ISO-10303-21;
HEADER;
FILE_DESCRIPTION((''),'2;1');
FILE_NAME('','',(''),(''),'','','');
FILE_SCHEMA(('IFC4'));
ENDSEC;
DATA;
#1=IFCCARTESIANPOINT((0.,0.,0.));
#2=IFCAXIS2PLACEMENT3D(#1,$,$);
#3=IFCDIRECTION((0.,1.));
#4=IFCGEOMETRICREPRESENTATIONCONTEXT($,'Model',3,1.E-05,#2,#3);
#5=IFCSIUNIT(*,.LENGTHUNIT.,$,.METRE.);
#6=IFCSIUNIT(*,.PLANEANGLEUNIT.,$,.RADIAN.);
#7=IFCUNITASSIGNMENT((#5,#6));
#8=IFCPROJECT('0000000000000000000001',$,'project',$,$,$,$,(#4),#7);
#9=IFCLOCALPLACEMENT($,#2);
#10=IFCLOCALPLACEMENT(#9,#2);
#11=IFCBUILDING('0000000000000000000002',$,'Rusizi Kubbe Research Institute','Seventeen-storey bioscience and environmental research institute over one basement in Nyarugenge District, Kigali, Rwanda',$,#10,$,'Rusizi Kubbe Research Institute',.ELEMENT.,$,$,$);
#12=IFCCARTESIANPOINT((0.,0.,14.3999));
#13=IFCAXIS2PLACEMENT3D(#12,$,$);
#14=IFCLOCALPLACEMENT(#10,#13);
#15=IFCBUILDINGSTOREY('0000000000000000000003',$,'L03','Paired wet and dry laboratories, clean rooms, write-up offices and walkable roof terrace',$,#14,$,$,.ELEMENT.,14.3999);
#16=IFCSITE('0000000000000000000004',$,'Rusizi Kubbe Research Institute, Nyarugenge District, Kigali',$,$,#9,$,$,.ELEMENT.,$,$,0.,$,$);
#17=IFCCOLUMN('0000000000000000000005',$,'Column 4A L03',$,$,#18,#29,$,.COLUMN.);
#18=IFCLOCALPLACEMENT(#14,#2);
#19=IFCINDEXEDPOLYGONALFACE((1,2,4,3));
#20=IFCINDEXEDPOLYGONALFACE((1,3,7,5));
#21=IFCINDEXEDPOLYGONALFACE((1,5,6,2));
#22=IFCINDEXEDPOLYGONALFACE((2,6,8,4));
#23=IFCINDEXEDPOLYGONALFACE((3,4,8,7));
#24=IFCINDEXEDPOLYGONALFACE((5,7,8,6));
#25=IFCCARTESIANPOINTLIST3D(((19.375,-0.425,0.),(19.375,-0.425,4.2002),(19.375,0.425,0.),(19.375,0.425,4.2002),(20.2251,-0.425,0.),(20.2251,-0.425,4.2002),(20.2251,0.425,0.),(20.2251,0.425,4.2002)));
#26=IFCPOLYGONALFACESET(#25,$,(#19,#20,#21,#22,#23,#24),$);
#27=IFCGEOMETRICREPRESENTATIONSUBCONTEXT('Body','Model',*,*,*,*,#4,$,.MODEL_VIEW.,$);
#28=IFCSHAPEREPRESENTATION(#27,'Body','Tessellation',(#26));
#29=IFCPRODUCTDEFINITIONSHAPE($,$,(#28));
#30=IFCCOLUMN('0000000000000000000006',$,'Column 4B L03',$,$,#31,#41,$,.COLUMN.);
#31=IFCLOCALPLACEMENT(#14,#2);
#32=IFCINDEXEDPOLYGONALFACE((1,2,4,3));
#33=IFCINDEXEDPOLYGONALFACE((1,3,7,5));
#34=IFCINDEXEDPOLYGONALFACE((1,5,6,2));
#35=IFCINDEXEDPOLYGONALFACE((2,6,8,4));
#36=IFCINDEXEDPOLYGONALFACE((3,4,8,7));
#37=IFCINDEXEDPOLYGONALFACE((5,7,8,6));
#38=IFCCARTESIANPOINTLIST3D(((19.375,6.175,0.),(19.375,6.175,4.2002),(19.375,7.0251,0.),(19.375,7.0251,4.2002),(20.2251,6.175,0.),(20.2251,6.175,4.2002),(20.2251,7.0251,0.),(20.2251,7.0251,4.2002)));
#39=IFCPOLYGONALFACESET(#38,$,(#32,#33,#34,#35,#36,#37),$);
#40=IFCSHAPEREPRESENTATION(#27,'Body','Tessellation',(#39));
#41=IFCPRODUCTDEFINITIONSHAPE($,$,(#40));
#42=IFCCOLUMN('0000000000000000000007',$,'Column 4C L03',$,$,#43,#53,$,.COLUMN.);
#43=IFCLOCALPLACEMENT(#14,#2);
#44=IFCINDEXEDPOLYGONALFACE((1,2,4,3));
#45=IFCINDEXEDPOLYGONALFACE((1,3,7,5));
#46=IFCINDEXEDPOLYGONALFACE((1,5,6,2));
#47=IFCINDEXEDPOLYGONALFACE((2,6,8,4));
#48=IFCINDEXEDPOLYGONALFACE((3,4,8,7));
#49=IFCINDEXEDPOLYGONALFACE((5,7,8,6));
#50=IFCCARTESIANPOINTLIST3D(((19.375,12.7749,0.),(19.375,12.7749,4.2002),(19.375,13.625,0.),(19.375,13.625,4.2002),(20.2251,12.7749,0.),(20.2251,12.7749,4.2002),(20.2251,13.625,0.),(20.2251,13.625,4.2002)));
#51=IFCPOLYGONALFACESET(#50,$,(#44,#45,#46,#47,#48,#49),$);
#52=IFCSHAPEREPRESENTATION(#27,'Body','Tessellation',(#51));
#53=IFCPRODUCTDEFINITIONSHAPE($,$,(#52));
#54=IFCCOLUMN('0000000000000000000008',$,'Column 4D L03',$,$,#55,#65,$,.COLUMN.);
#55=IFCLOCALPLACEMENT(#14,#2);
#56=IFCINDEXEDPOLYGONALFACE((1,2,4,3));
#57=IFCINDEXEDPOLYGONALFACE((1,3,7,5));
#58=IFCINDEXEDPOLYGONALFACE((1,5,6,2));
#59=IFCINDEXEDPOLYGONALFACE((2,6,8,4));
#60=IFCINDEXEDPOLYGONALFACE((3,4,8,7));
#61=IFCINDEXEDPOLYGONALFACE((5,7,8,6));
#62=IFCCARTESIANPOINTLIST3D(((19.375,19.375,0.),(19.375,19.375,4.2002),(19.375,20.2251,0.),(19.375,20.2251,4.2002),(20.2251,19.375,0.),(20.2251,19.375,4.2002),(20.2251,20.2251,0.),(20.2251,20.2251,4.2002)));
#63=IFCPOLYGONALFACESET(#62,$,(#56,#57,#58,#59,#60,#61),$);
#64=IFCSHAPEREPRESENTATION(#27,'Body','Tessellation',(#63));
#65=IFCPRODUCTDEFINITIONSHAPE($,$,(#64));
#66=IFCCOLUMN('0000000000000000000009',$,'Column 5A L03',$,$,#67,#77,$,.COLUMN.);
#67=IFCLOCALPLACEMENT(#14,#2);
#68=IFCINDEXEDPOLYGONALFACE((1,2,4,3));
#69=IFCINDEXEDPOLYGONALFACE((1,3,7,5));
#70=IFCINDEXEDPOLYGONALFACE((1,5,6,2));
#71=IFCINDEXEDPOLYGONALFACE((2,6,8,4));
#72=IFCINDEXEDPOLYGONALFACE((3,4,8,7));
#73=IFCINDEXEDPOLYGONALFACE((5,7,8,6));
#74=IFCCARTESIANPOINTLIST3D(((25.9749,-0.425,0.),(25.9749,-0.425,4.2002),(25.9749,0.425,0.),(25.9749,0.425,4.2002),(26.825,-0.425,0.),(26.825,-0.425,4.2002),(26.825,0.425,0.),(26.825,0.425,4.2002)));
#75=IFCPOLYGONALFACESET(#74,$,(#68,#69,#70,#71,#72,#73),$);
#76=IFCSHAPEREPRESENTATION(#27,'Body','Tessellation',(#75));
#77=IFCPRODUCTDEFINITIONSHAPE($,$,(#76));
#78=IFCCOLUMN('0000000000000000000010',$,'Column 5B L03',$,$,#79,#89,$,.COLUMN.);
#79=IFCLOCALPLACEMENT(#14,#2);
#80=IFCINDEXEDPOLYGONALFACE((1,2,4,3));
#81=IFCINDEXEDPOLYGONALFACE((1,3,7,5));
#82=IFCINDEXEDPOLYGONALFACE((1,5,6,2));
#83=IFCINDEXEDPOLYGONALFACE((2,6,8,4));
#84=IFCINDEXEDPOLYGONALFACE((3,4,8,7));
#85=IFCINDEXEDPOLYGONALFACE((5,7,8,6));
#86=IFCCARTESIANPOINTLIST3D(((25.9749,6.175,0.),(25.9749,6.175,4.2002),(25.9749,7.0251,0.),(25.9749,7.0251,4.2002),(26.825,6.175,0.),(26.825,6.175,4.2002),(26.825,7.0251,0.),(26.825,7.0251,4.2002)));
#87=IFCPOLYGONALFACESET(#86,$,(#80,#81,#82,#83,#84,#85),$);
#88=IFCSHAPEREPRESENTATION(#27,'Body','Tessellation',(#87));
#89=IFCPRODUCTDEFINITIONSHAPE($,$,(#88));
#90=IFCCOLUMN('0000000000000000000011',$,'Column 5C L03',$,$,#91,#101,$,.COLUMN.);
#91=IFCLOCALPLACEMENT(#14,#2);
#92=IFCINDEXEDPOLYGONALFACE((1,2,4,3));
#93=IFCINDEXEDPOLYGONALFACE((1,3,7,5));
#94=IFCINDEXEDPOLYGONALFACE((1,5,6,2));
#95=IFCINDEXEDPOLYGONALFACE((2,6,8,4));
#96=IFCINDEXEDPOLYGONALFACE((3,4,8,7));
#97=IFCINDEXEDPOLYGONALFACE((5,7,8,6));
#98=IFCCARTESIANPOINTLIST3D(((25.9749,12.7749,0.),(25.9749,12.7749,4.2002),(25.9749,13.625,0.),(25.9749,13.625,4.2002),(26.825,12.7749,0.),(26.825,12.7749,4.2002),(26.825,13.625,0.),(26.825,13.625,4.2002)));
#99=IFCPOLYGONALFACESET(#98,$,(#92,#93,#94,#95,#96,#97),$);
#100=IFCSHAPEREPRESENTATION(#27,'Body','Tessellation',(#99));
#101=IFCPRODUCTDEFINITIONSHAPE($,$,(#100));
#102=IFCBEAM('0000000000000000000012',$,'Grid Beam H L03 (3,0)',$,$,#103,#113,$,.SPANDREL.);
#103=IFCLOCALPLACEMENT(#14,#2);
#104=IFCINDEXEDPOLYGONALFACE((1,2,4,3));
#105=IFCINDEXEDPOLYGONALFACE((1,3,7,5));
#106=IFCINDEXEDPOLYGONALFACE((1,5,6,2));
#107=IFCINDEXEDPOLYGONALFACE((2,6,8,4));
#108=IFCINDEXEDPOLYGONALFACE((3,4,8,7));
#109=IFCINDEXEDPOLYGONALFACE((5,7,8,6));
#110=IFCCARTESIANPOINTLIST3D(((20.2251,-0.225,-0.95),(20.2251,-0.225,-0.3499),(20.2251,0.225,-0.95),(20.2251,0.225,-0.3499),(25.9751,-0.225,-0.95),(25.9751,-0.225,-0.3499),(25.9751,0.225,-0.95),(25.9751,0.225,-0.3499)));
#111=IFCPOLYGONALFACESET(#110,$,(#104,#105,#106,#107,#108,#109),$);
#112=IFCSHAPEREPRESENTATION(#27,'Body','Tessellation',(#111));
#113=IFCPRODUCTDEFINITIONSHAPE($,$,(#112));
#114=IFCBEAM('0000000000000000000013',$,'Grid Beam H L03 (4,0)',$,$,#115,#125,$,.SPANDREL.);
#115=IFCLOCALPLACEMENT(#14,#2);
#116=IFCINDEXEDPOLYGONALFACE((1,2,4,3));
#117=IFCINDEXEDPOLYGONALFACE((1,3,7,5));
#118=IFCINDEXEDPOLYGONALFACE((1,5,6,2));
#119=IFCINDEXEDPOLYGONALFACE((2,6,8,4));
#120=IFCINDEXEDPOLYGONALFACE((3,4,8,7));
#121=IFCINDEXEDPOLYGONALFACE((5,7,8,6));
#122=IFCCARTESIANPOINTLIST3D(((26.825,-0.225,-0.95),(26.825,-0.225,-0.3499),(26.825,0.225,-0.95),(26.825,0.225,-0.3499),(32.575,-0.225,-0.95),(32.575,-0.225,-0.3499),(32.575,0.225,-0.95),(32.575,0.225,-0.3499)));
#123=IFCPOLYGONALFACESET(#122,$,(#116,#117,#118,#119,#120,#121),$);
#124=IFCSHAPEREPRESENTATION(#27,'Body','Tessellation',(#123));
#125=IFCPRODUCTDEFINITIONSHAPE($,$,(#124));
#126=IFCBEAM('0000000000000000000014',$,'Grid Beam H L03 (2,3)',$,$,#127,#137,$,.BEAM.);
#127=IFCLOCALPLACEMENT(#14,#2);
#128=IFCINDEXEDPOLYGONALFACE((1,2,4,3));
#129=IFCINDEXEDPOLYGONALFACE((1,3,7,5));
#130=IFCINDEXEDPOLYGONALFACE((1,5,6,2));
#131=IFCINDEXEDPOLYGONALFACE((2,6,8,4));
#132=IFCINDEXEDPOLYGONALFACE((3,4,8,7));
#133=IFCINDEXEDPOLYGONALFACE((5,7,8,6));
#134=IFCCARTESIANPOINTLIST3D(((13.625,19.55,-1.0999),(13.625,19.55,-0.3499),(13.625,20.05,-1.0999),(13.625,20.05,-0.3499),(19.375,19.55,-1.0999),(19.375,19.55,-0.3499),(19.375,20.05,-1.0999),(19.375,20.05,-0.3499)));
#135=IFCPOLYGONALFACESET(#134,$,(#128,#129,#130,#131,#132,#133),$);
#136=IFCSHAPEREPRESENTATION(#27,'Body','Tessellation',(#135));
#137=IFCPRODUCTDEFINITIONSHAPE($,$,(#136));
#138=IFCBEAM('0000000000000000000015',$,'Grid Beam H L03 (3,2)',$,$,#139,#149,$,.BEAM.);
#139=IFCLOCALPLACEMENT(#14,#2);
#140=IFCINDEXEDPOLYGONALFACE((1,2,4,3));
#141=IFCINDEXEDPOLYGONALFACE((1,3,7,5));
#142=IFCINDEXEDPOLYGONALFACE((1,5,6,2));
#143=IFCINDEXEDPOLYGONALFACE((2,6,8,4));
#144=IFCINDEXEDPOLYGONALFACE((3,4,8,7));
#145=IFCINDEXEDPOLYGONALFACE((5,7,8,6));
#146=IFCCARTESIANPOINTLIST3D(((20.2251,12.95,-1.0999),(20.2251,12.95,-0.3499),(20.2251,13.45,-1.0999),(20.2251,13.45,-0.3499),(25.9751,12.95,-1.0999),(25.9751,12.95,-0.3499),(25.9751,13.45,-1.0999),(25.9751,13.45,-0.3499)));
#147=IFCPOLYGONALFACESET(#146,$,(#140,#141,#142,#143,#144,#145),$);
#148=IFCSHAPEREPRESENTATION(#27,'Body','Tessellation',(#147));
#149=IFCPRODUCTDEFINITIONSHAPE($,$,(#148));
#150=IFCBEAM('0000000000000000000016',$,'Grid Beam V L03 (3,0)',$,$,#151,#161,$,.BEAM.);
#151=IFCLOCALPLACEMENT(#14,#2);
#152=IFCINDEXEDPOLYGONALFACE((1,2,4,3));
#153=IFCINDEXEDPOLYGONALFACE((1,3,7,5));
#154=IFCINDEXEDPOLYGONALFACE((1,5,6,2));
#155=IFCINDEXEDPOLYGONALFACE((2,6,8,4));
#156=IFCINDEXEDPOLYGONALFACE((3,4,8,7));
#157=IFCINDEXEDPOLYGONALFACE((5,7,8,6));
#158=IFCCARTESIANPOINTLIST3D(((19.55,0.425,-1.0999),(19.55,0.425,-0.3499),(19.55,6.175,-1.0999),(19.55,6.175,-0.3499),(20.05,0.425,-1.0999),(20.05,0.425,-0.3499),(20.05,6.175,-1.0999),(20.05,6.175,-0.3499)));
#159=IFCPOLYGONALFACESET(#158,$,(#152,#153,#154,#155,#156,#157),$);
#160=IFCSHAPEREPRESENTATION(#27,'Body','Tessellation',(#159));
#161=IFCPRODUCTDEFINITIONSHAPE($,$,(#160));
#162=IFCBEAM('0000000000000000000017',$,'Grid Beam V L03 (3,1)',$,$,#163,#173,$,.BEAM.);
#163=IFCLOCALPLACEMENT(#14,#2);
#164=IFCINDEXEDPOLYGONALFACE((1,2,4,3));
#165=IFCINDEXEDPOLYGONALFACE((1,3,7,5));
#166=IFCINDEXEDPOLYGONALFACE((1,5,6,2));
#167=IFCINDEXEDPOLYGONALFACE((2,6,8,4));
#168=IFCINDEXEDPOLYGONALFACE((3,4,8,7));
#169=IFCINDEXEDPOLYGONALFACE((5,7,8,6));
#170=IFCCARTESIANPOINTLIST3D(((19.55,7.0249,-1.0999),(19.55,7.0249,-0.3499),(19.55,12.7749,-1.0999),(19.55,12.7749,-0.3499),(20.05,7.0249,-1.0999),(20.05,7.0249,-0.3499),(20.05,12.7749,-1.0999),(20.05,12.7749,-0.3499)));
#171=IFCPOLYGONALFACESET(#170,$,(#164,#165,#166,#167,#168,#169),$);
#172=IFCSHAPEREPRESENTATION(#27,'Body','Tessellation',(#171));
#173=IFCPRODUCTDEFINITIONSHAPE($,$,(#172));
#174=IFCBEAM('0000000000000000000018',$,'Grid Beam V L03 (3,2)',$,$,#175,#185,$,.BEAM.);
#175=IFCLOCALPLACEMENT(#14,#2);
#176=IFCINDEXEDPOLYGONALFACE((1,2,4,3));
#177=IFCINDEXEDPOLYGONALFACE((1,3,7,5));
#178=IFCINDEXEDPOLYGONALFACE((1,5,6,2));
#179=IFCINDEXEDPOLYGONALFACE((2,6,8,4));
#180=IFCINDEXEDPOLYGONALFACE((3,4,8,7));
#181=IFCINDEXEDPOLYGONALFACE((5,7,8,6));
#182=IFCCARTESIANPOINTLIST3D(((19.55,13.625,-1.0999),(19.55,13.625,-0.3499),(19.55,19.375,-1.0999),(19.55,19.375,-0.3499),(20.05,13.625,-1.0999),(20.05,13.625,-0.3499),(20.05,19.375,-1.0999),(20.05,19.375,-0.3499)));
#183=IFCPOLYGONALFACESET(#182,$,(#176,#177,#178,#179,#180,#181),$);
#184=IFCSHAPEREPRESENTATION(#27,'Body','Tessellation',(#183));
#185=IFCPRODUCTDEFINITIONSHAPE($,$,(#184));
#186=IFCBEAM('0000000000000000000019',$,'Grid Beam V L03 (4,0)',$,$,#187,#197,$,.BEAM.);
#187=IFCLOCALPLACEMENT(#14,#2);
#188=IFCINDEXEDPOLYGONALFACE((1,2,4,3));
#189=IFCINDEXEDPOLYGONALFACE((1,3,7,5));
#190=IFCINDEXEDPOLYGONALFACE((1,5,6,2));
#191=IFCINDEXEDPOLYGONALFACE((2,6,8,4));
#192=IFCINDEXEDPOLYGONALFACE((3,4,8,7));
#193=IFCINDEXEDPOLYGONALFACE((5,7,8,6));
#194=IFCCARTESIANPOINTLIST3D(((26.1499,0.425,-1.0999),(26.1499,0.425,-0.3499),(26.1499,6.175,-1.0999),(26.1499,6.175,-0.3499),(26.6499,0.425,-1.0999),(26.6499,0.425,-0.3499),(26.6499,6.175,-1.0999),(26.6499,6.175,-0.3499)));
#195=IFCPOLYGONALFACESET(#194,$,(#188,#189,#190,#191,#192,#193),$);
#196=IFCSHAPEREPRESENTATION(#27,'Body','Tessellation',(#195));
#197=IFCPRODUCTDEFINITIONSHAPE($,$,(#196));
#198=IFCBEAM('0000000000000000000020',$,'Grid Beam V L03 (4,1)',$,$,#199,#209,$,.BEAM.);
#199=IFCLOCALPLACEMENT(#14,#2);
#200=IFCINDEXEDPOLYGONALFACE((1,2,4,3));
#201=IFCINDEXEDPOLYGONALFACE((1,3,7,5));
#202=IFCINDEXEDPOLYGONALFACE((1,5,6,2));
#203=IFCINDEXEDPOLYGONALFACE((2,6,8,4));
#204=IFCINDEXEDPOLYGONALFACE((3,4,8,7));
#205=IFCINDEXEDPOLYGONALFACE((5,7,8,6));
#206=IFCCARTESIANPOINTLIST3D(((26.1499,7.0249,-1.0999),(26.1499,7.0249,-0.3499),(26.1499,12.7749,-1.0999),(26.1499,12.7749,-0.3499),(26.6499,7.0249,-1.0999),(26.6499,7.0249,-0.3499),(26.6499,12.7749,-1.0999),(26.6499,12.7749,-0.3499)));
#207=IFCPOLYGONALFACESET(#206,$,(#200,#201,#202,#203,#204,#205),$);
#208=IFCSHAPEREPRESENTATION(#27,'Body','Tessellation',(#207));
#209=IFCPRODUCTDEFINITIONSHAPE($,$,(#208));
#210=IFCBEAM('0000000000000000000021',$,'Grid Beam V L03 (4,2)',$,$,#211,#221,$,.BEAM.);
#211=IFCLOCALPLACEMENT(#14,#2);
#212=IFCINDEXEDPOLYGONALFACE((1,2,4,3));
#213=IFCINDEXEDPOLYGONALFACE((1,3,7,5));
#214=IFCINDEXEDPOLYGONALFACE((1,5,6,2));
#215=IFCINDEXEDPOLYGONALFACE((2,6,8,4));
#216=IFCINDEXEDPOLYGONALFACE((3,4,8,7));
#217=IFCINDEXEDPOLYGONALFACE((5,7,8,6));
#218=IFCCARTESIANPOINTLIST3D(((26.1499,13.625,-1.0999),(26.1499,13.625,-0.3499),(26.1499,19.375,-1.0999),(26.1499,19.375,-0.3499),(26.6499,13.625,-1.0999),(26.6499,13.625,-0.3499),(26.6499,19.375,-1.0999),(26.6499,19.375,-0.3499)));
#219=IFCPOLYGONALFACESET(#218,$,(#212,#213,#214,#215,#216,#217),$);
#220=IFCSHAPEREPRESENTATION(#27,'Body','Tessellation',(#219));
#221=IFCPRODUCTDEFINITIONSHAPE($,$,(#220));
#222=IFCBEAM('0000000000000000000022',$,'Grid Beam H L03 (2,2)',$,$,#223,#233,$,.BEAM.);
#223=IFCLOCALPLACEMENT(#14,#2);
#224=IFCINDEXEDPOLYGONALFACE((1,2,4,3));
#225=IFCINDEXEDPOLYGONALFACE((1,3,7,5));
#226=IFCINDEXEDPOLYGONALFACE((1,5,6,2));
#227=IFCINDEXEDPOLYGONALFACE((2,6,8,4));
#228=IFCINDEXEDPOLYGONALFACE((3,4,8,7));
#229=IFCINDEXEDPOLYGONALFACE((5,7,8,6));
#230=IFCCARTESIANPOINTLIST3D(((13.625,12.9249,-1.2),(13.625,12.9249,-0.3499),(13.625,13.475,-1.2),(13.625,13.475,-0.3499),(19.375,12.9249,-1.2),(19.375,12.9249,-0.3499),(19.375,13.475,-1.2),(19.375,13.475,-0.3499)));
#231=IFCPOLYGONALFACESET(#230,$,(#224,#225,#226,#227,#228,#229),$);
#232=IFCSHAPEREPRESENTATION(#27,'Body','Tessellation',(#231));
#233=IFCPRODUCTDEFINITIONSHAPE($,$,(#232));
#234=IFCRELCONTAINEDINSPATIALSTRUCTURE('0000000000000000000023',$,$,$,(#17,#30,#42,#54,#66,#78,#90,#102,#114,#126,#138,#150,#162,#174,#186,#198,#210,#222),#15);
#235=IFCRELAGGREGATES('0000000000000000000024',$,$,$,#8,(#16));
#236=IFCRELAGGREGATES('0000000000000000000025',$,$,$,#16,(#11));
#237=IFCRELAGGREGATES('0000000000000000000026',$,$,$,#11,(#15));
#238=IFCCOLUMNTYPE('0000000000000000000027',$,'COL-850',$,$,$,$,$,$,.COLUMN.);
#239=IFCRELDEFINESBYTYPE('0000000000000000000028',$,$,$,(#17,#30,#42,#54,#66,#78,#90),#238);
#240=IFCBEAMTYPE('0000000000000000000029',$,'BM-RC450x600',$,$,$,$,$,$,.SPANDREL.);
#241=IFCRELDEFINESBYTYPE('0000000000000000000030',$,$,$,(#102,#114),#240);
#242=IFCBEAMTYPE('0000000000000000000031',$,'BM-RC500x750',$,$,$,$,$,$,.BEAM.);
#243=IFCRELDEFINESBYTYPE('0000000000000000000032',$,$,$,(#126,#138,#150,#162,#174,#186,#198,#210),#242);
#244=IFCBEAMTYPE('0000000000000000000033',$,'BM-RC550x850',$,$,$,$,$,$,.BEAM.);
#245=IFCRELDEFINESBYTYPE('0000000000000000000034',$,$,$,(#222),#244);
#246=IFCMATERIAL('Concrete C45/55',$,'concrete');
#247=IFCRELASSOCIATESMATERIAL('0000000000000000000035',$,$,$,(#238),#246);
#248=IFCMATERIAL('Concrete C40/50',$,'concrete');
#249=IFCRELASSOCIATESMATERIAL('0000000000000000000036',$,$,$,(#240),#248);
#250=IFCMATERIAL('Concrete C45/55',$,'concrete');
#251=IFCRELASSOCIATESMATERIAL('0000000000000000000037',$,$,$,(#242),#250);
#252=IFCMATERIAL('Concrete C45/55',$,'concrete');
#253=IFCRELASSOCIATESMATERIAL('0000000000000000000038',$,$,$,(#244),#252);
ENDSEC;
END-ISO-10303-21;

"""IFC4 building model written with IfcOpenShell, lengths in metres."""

from ifc_helpers import new_model, si_unit, direction, frame, origin, origin_2d, place, context, subcontext, project, spatial, rectangle, extrude, material, material_profile, profile_set, type_object, element, save


model = new_model("IFC4")

# Units and contexts
model_context = context("Model", 3, precision=1e-05, world=origin(), true_north=direction((0.0, 1.0)))
body_context = subcontext(model_context, "Body", "Model", "MODEL_VIEW")
ifc_project = project(units=[si_unit("LENGTHUNIT", "METRE"), si_unit("PLANEANGLEUNIT", "RADIAN")], contexts=[model_context])

# Site, building, storey
site_placement = place(None, origin())
site = spatial("IfcSite", under=ifc_project, at=site_placement, Name="Rusizi Kubbe Research Institute, Nyarugenge District, Kigali", CompositionType="ELEMENT", RefElevation=0.0)
building_placement = place(site_placement, origin())
building = spatial("IfcBuilding", under=site, at=building_placement, Name="Rusizi Kubbe Research Institute", Description="Seventeen-storey bioscience and environmental research institute over one basement in Nyarugenge District, Kigali, Rwanda", LongName="Rusizi Kubbe Research Institute", CompositionType="ELEMENT")
storey_placement = place(building_placement, frame((0.0, 0.0, 14.3999)))
storey = spatial("IfcBuildingStorey", under=building, at=storey_placement, Name="L03", Description="Paired wet and dry laboratories, clean rooms, write-up offices and walkable roof terrace", CompositionType="ELEMENT", Elevation=14.3999)

# Columns
ifc_material_1 = material(Name="Concrete C45/55", Category="concrete")
ifc_material_profile_1 = material_profile(ifc_material_1, rectangle(XDim=0.8501, YDim=0.8501, at=origin_2d()), Name="RC850x850")
ifc_profile_set_1 = profile_set([ifc_material_profile_1], Name="Concrete C45/55")
column_type = type_object("IfcColumnType", Name="COL-850", PredefinedType="COLUMN", material=ifc_profile_set_1)
for number, where, z_axis, x_axis, name in (
    (1, (19.8, 0.0, 0.0), (0.0, 0.0, 1.0), (1.0, 0.0, 0.0), "Column 4A L03"),
    (2, (19.8, 6.6001, 0.0), (0.0, 0.0, 1.0), (1.0, 0.0, 0.0), "Column 4B L03"),
    (3, (19.8, 13.2, 0.0), (0.0, 0.0, 1.0), (1.0, 0.0, 0.0), "Column 4C L03"),
    (4, (19.8, 19.8, 0.0), (0.0, 0.0, 1.0), (1.0, 0.0, 0.0), "Column 4D L03"),
    (5, (26.3999, 0.0, 0.0), (0.0, 0.0, 1.0), (1.0, 0.0, 0.0), "Column 5A L03"),
    (6, (26.3999, 6.6001, 0.0), (0.0, 0.0, 1.0), (1.0, 0.0, 0.0), "Column 5B L03"),
    (7, (26.3999, 13.2, 0.0), (0.0, 0.0, 1.0), (1.0, 0.0, 0.0), "Column 5C L03"),
):
    element("IfcColumn", number, at=place(storey_placement, frame(where, z_axis=z_axis, x_axis=x_axis)), inside=storey, type_object=column_type, Name=name, PredefinedType="COLUMN", context=body_context, shape_type="SweptSolid", body=[
        extrude(rectangle(XDim=0.8501, YDim=0.8501, at=origin_2d()), origin(), (0.0, 0.0, 1.0), 4.2002),
    ])

# Beams
ifc_material_2 = material(Name="Concrete C40/50", Category="concrete")
ifc_material_profile_2 = material_profile(ifc_material_2, rectangle(XDim=0.45, YDim=0.6001, at=origin_2d()), Name="RC450x600")
ifc_profile_set_2 = profile_set([ifc_material_profile_2], Name="Concrete C40/50")
beam_type_1 = type_object("IfcBeamType", Name="BM-RC450x600", PredefinedType="SPANDREL", material=ifc_profile_set_2)
for number, where, z_axis, x_axis, name in (
    (8, (20.2251, 0.0, -0.6499), (1.0, 0.0, 0.0), (0.0, 1.0, 0.0), "Grid Beam H L03 (3,0)"),
    (9, (26.825, 0.0, -0.6499), (1.0, 0.0, 0.0), (0.0, 1.0, 0.0), "Grid Beam H L03 (4,0)"),
):
    element("IfcBeam", number, at=place(storey_placement, frame(where, z_axis=z_axis, x_axis=x_axis)), inside=storey, type_object=beam_type_1, Name=name, PredefinedType="SPANDREL", context=body_context, shape_type="SweptSolid", body=[
        extrude(rectangle(XDim=0.45, YDim=0.6001, at=origin_2d()), origin(), (0.0, 0.0, 1.0), 5.75),
    ])
ifc_material_3 = material(Name="Concrete C45/55", Category="concrete")
ifc_material_profile_3 = material_profile(ifc_material_3, rectangle(XDim=0.5, YDim=0.75, at=origin_2d()), Name="RC500x750B")
ifc_profile_set_3 = profile_set([ifc_material_profile_3], Name="Concrete C45/55")
beam_type_2 = type_object("IfcBeamType", Name="BM-RC500x750", PredefinedType="BEAM", material=ifc_profile_set_3)
for number, where, z_axis, x_axis, name in (
    (10, (13.625, 19.8, -0.7249), (1.0, 0.0, 0.0), (0.0, 1.0, 0.0), "Grid Beam H L03 (2,3)"),
    (11, (20.2251, 13.2, -0.7249), (1.0, 0.0, 0.0), (0.0, 1.0, 0.0), "Grid Beam H L03 (3,2)"),
    (12, (19.8, 0.425, -0.7249), (0.0, 1.0, 0.0), (-1.0, 0.0, 0.0), "Grid Beam V L03 (3,0)"),
    (13, (19.8, 7.0249, -0.7249), (0.0, 1.0, 0.0), (-1.0, 0.0, 0.0), "Grid Beam V L03 (3,1)"),
    (14, (19.8, 13.625, -0.7249), (0.0, 1.0, 0.0), (-1.0, 0.0, 0.0), "Grid Beam V L03 (3,2)"),
    (15, (26.3999, 0.425, -0.7249), (0.0, 1.0, 0.0), (-1.0, 0.0, 0.0), "Grid Beam V L03 (4,0)"),
    (16, (26.3999, 7.0249, -0.7249), (0.0, 1.0, 0.0), (-1.0, 0.0, 0.0), "Grid Beam V L03 (4,1)"),
    (17, (26.3999, 13.625, -0.7249), (0.0, 1.0, 0.0), (-1.0, 0.0, 0.0), "Grid Beam V L03 (4,2)"),
):
    element("IfcBeam", number, at=place(storey_placement, frame(where, z_axis=z_axis, x_axis=x_axis)), inside=storey, type_object=beam_type_2, Name=name, PredefinedType="BEAM", context=body_context, shape_type="SweptSolid", body=[
        extrude(rectangle(XDim=0.5, YDim=0.75, at=origin_2d()), origin(), (0.0, 0.0, 1.0), 5.75),
    ])
ifc_material_4 = material(Name="Concrete C45/55", Category="concrete")
ifc_material_profile_4 = material_profile(ifc_material_4, rectangle(XDim=0.55, YDim=0.8501, at=origin_2d()), Name="RC550x850")
ifc_profile_set_4 = profile_set([ifc_material_profile_4], Name="Concrete C45/55")
beam_type_3 = type_object("IfcBeamType", Name="BM-RC550x850", PredefinedType="BEAM", material=ifc_profile_set_4)
for number, where, z_axis, x_axis, name in (
    (18, (13.625, 13.2, -0.7749), (1.0, 0.0, 0.0), (0.0, 1.0, 0.0), "Grid Beam H L03 (2,2)"),
):
    element("IfcBeam", number, at=place(storey_placement, frame(where, z_axis=z_axis, x_axis=x_axis)), inside=storey, type_object=beam_type_3, Name=name, PredefinedType="BEAM", context=body_context, shape_type="SweptSolid", body=[
        extrude(rectangle(XDim=0.55, YDim=0.8501, at=origin_2d()), origin(), (0.0, 0.0, 1.0), 5.75),
    ])

save(model, "model.ifc")
